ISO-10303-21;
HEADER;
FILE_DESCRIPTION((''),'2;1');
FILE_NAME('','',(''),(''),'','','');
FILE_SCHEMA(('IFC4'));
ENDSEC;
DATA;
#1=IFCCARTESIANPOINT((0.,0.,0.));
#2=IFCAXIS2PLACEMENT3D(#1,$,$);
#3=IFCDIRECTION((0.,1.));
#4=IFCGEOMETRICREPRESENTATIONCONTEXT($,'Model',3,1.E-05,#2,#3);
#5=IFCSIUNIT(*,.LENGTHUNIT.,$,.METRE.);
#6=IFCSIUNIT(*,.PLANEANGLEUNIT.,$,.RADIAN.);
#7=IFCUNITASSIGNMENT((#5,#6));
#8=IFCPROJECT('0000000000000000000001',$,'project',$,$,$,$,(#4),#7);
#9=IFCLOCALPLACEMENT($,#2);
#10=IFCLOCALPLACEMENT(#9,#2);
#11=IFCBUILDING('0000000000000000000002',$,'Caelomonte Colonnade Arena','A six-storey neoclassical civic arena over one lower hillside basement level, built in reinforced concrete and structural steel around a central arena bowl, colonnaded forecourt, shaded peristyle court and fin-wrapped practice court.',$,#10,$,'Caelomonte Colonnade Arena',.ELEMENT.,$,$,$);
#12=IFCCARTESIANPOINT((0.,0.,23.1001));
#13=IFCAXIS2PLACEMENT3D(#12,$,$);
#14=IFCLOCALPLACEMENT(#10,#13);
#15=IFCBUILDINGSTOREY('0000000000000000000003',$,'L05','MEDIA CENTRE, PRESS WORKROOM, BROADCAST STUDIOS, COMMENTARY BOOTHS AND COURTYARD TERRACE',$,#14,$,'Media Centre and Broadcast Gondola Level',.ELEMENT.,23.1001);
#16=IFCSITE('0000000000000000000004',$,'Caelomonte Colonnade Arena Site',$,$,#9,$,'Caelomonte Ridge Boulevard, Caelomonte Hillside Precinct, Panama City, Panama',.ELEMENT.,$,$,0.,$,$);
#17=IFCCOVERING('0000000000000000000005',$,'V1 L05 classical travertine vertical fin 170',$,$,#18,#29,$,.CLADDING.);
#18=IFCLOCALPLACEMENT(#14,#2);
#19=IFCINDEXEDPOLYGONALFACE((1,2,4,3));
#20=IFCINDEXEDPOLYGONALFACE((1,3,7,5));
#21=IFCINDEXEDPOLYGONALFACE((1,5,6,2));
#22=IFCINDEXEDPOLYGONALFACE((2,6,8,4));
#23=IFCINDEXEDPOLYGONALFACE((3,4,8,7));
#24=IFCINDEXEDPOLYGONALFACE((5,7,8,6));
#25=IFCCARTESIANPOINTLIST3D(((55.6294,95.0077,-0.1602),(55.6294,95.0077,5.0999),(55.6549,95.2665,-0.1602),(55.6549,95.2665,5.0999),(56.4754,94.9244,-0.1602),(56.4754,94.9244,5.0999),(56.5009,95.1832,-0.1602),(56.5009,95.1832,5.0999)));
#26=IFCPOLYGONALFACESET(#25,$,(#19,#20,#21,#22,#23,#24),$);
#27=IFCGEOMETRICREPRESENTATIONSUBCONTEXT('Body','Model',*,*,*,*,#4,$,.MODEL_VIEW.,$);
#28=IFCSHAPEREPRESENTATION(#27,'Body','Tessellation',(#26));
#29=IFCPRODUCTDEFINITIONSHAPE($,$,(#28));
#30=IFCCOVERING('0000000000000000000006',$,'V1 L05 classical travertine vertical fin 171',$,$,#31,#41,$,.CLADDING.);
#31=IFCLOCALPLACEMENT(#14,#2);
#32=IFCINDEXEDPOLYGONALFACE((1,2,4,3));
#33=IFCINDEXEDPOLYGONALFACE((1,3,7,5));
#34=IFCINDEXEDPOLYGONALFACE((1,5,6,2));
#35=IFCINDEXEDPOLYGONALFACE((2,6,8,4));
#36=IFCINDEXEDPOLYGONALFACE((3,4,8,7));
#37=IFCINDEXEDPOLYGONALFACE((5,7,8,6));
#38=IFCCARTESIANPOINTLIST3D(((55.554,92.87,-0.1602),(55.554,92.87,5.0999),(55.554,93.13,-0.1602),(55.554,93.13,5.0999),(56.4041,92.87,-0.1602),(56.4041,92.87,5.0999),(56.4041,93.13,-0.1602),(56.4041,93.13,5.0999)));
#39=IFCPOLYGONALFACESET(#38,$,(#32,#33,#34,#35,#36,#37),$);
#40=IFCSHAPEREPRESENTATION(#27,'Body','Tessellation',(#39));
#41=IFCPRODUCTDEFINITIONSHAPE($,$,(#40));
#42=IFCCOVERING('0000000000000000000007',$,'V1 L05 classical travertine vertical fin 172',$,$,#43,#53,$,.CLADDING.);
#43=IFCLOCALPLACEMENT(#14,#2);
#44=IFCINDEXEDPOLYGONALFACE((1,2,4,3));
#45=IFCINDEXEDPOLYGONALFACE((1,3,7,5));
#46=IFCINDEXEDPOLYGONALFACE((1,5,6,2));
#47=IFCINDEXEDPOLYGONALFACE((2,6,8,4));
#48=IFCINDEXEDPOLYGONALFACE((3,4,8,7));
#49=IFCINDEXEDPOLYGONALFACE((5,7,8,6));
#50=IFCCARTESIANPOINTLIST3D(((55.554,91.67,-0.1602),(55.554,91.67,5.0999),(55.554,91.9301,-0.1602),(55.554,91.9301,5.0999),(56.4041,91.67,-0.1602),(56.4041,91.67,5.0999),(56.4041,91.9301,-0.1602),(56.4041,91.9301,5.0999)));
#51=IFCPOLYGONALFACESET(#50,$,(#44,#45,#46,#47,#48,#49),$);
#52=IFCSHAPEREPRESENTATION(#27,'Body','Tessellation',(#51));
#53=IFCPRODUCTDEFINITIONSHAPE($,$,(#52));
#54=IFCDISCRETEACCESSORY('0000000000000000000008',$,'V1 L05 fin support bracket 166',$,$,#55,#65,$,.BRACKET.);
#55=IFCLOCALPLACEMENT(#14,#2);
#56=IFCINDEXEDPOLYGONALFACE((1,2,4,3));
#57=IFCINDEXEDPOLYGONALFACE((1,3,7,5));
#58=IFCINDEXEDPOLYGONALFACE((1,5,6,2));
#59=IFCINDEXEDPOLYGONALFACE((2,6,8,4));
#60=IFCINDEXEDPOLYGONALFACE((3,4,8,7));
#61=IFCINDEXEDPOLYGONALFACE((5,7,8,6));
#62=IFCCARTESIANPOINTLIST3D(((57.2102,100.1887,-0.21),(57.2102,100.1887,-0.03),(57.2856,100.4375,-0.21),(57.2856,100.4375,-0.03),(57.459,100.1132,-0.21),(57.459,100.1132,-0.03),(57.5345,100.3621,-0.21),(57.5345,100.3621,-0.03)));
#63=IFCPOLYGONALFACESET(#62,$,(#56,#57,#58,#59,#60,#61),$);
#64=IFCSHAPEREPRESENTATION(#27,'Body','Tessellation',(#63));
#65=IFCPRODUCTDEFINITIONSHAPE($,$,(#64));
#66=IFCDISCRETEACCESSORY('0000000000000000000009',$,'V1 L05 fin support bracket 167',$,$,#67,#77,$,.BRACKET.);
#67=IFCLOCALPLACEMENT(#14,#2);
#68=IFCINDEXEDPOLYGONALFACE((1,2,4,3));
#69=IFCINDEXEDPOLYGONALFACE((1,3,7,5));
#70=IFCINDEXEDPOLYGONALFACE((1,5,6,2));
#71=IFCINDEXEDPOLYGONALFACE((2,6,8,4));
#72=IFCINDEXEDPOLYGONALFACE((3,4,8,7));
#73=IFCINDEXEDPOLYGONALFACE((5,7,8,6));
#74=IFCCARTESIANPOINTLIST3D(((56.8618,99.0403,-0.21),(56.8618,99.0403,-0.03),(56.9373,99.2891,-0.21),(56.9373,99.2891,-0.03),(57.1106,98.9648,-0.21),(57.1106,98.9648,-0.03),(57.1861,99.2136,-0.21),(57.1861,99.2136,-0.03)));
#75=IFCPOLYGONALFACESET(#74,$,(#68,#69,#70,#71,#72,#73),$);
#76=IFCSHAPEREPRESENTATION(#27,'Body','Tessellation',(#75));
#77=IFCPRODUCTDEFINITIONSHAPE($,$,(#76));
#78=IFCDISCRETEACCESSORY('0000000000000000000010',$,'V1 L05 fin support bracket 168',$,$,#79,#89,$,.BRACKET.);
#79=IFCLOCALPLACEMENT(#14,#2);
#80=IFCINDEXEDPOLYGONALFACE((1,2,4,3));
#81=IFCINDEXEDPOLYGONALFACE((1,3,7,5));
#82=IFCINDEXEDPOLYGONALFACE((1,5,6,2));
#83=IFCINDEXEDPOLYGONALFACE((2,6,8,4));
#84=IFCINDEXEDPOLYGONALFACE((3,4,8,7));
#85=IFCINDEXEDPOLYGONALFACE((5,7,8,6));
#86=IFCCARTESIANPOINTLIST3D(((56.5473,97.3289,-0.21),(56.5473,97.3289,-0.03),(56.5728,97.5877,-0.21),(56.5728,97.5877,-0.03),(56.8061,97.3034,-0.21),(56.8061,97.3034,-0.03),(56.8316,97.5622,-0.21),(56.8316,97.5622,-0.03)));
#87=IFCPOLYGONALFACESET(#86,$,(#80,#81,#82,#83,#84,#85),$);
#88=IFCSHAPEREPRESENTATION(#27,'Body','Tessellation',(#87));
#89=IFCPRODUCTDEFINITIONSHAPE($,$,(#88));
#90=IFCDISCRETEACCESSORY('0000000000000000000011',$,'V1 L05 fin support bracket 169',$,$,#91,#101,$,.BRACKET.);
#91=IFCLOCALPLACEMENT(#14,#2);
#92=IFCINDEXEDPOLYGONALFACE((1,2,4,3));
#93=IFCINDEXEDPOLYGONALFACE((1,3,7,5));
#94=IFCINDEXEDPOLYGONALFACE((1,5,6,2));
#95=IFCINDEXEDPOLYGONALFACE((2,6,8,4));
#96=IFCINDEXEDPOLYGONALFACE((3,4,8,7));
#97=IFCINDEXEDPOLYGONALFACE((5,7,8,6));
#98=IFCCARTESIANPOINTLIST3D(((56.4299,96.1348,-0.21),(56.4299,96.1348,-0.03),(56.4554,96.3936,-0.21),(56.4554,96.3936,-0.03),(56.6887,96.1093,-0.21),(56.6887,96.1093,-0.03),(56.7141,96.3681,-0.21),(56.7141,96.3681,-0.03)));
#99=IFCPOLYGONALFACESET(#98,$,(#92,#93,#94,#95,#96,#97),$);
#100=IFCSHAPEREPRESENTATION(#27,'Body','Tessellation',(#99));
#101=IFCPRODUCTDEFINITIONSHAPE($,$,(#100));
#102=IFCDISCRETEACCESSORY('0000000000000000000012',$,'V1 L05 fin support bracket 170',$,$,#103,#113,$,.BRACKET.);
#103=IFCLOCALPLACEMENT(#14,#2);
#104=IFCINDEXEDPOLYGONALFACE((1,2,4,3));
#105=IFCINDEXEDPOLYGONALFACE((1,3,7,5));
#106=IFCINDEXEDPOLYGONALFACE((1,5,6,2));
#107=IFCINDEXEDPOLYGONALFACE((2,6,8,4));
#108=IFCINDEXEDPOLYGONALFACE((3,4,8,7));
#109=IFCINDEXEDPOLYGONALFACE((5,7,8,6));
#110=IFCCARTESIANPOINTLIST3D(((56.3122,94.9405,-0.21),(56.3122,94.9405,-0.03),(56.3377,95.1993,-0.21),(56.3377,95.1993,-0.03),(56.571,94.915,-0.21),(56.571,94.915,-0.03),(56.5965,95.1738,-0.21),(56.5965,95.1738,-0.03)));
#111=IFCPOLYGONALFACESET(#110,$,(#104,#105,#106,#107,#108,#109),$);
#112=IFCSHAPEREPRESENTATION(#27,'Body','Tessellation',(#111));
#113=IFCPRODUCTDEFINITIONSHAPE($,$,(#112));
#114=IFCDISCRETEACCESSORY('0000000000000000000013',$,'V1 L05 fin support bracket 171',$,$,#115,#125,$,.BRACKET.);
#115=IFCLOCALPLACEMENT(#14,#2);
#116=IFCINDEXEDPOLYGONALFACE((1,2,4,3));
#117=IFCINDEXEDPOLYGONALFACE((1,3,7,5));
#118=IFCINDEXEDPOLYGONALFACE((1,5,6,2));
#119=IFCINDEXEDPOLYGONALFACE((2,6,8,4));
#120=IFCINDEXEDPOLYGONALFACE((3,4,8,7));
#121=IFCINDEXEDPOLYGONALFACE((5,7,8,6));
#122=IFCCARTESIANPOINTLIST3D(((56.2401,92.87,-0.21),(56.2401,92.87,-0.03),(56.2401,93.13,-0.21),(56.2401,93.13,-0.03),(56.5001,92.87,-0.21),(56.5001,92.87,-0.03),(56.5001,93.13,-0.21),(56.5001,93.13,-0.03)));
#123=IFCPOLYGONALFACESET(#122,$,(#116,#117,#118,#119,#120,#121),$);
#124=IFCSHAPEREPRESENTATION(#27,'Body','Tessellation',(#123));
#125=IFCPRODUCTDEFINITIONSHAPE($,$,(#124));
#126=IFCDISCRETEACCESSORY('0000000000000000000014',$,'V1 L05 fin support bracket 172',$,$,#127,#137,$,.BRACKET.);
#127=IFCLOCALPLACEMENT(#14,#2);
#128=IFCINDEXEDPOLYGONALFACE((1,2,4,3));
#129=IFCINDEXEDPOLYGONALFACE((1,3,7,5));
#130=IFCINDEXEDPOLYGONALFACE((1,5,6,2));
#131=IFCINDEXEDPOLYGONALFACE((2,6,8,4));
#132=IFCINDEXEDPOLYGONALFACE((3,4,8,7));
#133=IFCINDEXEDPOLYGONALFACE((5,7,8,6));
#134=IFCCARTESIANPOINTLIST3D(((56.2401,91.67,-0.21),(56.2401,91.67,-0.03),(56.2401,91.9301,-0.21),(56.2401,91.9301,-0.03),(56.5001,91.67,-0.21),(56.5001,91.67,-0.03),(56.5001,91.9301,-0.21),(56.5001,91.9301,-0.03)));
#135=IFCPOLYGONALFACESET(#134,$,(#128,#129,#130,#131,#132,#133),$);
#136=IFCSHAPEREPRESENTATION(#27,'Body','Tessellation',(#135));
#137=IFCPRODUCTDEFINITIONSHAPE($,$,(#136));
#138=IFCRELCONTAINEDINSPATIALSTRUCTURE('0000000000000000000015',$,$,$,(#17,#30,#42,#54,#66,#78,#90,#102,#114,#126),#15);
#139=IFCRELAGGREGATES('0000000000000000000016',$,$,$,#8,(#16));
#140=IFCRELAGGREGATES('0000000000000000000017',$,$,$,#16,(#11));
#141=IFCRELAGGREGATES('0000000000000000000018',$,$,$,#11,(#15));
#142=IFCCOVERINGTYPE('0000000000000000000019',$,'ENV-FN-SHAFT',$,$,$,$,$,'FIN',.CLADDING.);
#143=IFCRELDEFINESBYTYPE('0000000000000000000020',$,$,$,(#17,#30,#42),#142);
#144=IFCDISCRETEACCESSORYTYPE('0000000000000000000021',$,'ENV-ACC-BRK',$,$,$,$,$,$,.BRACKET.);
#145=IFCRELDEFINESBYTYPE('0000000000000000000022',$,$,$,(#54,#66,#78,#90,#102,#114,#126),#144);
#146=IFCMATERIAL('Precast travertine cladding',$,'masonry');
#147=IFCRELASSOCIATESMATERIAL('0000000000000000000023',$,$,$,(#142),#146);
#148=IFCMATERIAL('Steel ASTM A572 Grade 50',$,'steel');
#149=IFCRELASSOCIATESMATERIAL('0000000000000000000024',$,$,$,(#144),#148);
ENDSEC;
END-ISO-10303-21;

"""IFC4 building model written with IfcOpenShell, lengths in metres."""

from ifc_helpers import new_model, si_unit, direction, frame, origin, origin_2d, place, context, subcontext, project, spatial, rectangle, extrude, material, material_profile, profile_set, type_object, element, save


model = new_model("IFC4")

# Units and contexts
model_context = context("Model", 3, precision=1e-05, world=origin(), true_north=direction((0.0, 1.0)))
body_context = subcontext(model_context, "Body", "Model", "MODEL_VIEW")
ifc_project = project(units=[si_unit("LENGTHUNIT", "METRE"), si_unit("PLANEANGLEUNIT", "RADIAN")], contexts=[model_context])

# Site, building, storey
site_placement = place(None, origin())
site = spatial("IfcSite", under=ifc_project, at=site_placement, Name="Caelomonte Colonnade Arena Site", LongName="Caelomonte Ridge Boulevard, Caelomonte Hillside Precinct, Panama City, Panama", CompositionType="ELEMENT", RefElevation=0.0)
building_placement = place(site_placement, origin())
building = spatial("IfcBuilding", under=site, at=building_placement, Name="Caelomonte Colonnade Arena", Description="A six-storey neoclassical civic arena over one lower hillside basement level, built in reinforced concrete and structural steel around a central arena bowl, colonnaded forecourt, shaded peristyle court and fin-wrapped practice court.", LongName="Caelomonte Colonnade Arena", CompositionType="ELEMENT")
storey_placement = place(building_placement, frame((0.0, 0.0, 23.1001)))
storey = spatial("IfcBuildingStorey", under=building, at=storey_placement, Name="L05", Description="MEDIA CENTRE, PRESS WORKROOM, BROADCAST STUDIOS, COMMENTARY BOOTHS AND COURTYARD TERRACE", LongName="Media Centre and Broadcast Gondola Level", CompositionType="ELEMENT", Elevation=23.1001)

# Coverings
ifc_material_1 = material(Name="Precast travertine cladding", Category="masonry")
ifc_material_profile_1 = material_profile(ifc_material_1, rectangle(XDim=0.26, YDim=0.8501, at=origin_2d()), Name="FIN260X850")
ifc_profile_set_1 = profile_set([ifc_material_profile_1], Name="Precast travertine cladding")
covering_type = type_object("IfcCoveringType", Name="ENV-FN-SHAFT", ElementType="FIN", PredefinedType="CLADDING", material=ifc_profile_set_1)
for number, where, z_axis, x_axis, name in (
    (1, (56.0652, 95.0955, -0.1602), (0.0, 0.0, 1.0), (0.098015, 0.995185, 0.0), "V1 L05 classical travertine vertical fin 170"),
    (2, (55.979, 93.0, -0.1602), (0.0, 0.0, 1.0), (0.0, 1.0, 0.0), "V1 L05 classical travertine vertical fin 171"),
    (3, (55.979, 91.8, -0.1602), (0.0, 0.0, 1.0), (0.0, 1.0, 0.0), "V1 L05 classical travertine vertical fin 172"),
):
    element("IfcCovering", number, at=place(storey_placement, frame(where, z_axis=z_axis, x_axis=x_axis)), inside=storey, type_object=covering_type, Name=name, PredefinedType="CLADDING", context=body_context, shape_type="SweptSolid", body=[
        extrude(rectangle(XDim=0.26, YDim=0.8501, at=origin_2d()), origin(), (0.0, 0.0, 1.0), 5.26),
    ])

# Discrete accessories
ifc_material_2 = material(Name="Steel ASTM A572 Grade 50", Category="steel")
discrete_accessory_type = type_object("IfcDiscreteAccessoryType", Name="ENV-ACC-BRK", PredefinedType="BRACKET", material=ifc_material_2)
for number, where, z_axis, x_axis, name in (
    (4, (57.3723, 100.2754, -0.21), (0.0, 0.0, 1.0), (-0.290276, -0.956943, 0.0), "V1 L05 fin support bracket 166"),
    (5, (57.0239, 99.127, -0.21), (0.0, 0.0, 1.0), (-0.290276, -0.956943, 0.0), "V1 L05 fin support bracket 167"),
    (6, (56.6895, 97.4456, -0.21), (0.0, 0.0, 1.0), (-0.098015, -0.995185, 0.0), "V1 L05 fin support bracket 168"),
    (7, (56.572, 96.2515, -0.21), (0.0, 0.0, 1.0), (-0.098015, -0.995185, 0.0), "V1 L05 fin support bracket 169"),
    (8, (56.4543, 95.0571, -0.21), (0.0, 0.0, 1.0), (-0.098015, -0.995185, 0.0), "V1 L05 fin support bracket 170"),
    (9, (56.3701, 93.0, -0.21), (0.0, 0.0, 1.0), (0.0, -1.0, 0.0), "V1 L05 fin support bracket 171"),
    (10, (56.3701, 91.8, -0.21), (0.0, 0.0, 1.0), (0.0, -1.0, 0.0), "V1 L05 fin support bracket 172"),
):
    element("IfcDiscreteAccessory", number, at=place(storey_placement, frame(where, z_axis=z_axis, x_axis=x_axis)), inside=storey, type_object=discrete_accessory_type, Name=name, PredefinedType="BRACKET", context=body_context, shape_type="SweptSolid", body=[
        extrude(rectangle(XDim=0.26, YDim=0.26, at=origin_2d()), origin(), (0.0, 0.0, 1.0), 0.1799),
    ])

save(model, "model.ifc")
